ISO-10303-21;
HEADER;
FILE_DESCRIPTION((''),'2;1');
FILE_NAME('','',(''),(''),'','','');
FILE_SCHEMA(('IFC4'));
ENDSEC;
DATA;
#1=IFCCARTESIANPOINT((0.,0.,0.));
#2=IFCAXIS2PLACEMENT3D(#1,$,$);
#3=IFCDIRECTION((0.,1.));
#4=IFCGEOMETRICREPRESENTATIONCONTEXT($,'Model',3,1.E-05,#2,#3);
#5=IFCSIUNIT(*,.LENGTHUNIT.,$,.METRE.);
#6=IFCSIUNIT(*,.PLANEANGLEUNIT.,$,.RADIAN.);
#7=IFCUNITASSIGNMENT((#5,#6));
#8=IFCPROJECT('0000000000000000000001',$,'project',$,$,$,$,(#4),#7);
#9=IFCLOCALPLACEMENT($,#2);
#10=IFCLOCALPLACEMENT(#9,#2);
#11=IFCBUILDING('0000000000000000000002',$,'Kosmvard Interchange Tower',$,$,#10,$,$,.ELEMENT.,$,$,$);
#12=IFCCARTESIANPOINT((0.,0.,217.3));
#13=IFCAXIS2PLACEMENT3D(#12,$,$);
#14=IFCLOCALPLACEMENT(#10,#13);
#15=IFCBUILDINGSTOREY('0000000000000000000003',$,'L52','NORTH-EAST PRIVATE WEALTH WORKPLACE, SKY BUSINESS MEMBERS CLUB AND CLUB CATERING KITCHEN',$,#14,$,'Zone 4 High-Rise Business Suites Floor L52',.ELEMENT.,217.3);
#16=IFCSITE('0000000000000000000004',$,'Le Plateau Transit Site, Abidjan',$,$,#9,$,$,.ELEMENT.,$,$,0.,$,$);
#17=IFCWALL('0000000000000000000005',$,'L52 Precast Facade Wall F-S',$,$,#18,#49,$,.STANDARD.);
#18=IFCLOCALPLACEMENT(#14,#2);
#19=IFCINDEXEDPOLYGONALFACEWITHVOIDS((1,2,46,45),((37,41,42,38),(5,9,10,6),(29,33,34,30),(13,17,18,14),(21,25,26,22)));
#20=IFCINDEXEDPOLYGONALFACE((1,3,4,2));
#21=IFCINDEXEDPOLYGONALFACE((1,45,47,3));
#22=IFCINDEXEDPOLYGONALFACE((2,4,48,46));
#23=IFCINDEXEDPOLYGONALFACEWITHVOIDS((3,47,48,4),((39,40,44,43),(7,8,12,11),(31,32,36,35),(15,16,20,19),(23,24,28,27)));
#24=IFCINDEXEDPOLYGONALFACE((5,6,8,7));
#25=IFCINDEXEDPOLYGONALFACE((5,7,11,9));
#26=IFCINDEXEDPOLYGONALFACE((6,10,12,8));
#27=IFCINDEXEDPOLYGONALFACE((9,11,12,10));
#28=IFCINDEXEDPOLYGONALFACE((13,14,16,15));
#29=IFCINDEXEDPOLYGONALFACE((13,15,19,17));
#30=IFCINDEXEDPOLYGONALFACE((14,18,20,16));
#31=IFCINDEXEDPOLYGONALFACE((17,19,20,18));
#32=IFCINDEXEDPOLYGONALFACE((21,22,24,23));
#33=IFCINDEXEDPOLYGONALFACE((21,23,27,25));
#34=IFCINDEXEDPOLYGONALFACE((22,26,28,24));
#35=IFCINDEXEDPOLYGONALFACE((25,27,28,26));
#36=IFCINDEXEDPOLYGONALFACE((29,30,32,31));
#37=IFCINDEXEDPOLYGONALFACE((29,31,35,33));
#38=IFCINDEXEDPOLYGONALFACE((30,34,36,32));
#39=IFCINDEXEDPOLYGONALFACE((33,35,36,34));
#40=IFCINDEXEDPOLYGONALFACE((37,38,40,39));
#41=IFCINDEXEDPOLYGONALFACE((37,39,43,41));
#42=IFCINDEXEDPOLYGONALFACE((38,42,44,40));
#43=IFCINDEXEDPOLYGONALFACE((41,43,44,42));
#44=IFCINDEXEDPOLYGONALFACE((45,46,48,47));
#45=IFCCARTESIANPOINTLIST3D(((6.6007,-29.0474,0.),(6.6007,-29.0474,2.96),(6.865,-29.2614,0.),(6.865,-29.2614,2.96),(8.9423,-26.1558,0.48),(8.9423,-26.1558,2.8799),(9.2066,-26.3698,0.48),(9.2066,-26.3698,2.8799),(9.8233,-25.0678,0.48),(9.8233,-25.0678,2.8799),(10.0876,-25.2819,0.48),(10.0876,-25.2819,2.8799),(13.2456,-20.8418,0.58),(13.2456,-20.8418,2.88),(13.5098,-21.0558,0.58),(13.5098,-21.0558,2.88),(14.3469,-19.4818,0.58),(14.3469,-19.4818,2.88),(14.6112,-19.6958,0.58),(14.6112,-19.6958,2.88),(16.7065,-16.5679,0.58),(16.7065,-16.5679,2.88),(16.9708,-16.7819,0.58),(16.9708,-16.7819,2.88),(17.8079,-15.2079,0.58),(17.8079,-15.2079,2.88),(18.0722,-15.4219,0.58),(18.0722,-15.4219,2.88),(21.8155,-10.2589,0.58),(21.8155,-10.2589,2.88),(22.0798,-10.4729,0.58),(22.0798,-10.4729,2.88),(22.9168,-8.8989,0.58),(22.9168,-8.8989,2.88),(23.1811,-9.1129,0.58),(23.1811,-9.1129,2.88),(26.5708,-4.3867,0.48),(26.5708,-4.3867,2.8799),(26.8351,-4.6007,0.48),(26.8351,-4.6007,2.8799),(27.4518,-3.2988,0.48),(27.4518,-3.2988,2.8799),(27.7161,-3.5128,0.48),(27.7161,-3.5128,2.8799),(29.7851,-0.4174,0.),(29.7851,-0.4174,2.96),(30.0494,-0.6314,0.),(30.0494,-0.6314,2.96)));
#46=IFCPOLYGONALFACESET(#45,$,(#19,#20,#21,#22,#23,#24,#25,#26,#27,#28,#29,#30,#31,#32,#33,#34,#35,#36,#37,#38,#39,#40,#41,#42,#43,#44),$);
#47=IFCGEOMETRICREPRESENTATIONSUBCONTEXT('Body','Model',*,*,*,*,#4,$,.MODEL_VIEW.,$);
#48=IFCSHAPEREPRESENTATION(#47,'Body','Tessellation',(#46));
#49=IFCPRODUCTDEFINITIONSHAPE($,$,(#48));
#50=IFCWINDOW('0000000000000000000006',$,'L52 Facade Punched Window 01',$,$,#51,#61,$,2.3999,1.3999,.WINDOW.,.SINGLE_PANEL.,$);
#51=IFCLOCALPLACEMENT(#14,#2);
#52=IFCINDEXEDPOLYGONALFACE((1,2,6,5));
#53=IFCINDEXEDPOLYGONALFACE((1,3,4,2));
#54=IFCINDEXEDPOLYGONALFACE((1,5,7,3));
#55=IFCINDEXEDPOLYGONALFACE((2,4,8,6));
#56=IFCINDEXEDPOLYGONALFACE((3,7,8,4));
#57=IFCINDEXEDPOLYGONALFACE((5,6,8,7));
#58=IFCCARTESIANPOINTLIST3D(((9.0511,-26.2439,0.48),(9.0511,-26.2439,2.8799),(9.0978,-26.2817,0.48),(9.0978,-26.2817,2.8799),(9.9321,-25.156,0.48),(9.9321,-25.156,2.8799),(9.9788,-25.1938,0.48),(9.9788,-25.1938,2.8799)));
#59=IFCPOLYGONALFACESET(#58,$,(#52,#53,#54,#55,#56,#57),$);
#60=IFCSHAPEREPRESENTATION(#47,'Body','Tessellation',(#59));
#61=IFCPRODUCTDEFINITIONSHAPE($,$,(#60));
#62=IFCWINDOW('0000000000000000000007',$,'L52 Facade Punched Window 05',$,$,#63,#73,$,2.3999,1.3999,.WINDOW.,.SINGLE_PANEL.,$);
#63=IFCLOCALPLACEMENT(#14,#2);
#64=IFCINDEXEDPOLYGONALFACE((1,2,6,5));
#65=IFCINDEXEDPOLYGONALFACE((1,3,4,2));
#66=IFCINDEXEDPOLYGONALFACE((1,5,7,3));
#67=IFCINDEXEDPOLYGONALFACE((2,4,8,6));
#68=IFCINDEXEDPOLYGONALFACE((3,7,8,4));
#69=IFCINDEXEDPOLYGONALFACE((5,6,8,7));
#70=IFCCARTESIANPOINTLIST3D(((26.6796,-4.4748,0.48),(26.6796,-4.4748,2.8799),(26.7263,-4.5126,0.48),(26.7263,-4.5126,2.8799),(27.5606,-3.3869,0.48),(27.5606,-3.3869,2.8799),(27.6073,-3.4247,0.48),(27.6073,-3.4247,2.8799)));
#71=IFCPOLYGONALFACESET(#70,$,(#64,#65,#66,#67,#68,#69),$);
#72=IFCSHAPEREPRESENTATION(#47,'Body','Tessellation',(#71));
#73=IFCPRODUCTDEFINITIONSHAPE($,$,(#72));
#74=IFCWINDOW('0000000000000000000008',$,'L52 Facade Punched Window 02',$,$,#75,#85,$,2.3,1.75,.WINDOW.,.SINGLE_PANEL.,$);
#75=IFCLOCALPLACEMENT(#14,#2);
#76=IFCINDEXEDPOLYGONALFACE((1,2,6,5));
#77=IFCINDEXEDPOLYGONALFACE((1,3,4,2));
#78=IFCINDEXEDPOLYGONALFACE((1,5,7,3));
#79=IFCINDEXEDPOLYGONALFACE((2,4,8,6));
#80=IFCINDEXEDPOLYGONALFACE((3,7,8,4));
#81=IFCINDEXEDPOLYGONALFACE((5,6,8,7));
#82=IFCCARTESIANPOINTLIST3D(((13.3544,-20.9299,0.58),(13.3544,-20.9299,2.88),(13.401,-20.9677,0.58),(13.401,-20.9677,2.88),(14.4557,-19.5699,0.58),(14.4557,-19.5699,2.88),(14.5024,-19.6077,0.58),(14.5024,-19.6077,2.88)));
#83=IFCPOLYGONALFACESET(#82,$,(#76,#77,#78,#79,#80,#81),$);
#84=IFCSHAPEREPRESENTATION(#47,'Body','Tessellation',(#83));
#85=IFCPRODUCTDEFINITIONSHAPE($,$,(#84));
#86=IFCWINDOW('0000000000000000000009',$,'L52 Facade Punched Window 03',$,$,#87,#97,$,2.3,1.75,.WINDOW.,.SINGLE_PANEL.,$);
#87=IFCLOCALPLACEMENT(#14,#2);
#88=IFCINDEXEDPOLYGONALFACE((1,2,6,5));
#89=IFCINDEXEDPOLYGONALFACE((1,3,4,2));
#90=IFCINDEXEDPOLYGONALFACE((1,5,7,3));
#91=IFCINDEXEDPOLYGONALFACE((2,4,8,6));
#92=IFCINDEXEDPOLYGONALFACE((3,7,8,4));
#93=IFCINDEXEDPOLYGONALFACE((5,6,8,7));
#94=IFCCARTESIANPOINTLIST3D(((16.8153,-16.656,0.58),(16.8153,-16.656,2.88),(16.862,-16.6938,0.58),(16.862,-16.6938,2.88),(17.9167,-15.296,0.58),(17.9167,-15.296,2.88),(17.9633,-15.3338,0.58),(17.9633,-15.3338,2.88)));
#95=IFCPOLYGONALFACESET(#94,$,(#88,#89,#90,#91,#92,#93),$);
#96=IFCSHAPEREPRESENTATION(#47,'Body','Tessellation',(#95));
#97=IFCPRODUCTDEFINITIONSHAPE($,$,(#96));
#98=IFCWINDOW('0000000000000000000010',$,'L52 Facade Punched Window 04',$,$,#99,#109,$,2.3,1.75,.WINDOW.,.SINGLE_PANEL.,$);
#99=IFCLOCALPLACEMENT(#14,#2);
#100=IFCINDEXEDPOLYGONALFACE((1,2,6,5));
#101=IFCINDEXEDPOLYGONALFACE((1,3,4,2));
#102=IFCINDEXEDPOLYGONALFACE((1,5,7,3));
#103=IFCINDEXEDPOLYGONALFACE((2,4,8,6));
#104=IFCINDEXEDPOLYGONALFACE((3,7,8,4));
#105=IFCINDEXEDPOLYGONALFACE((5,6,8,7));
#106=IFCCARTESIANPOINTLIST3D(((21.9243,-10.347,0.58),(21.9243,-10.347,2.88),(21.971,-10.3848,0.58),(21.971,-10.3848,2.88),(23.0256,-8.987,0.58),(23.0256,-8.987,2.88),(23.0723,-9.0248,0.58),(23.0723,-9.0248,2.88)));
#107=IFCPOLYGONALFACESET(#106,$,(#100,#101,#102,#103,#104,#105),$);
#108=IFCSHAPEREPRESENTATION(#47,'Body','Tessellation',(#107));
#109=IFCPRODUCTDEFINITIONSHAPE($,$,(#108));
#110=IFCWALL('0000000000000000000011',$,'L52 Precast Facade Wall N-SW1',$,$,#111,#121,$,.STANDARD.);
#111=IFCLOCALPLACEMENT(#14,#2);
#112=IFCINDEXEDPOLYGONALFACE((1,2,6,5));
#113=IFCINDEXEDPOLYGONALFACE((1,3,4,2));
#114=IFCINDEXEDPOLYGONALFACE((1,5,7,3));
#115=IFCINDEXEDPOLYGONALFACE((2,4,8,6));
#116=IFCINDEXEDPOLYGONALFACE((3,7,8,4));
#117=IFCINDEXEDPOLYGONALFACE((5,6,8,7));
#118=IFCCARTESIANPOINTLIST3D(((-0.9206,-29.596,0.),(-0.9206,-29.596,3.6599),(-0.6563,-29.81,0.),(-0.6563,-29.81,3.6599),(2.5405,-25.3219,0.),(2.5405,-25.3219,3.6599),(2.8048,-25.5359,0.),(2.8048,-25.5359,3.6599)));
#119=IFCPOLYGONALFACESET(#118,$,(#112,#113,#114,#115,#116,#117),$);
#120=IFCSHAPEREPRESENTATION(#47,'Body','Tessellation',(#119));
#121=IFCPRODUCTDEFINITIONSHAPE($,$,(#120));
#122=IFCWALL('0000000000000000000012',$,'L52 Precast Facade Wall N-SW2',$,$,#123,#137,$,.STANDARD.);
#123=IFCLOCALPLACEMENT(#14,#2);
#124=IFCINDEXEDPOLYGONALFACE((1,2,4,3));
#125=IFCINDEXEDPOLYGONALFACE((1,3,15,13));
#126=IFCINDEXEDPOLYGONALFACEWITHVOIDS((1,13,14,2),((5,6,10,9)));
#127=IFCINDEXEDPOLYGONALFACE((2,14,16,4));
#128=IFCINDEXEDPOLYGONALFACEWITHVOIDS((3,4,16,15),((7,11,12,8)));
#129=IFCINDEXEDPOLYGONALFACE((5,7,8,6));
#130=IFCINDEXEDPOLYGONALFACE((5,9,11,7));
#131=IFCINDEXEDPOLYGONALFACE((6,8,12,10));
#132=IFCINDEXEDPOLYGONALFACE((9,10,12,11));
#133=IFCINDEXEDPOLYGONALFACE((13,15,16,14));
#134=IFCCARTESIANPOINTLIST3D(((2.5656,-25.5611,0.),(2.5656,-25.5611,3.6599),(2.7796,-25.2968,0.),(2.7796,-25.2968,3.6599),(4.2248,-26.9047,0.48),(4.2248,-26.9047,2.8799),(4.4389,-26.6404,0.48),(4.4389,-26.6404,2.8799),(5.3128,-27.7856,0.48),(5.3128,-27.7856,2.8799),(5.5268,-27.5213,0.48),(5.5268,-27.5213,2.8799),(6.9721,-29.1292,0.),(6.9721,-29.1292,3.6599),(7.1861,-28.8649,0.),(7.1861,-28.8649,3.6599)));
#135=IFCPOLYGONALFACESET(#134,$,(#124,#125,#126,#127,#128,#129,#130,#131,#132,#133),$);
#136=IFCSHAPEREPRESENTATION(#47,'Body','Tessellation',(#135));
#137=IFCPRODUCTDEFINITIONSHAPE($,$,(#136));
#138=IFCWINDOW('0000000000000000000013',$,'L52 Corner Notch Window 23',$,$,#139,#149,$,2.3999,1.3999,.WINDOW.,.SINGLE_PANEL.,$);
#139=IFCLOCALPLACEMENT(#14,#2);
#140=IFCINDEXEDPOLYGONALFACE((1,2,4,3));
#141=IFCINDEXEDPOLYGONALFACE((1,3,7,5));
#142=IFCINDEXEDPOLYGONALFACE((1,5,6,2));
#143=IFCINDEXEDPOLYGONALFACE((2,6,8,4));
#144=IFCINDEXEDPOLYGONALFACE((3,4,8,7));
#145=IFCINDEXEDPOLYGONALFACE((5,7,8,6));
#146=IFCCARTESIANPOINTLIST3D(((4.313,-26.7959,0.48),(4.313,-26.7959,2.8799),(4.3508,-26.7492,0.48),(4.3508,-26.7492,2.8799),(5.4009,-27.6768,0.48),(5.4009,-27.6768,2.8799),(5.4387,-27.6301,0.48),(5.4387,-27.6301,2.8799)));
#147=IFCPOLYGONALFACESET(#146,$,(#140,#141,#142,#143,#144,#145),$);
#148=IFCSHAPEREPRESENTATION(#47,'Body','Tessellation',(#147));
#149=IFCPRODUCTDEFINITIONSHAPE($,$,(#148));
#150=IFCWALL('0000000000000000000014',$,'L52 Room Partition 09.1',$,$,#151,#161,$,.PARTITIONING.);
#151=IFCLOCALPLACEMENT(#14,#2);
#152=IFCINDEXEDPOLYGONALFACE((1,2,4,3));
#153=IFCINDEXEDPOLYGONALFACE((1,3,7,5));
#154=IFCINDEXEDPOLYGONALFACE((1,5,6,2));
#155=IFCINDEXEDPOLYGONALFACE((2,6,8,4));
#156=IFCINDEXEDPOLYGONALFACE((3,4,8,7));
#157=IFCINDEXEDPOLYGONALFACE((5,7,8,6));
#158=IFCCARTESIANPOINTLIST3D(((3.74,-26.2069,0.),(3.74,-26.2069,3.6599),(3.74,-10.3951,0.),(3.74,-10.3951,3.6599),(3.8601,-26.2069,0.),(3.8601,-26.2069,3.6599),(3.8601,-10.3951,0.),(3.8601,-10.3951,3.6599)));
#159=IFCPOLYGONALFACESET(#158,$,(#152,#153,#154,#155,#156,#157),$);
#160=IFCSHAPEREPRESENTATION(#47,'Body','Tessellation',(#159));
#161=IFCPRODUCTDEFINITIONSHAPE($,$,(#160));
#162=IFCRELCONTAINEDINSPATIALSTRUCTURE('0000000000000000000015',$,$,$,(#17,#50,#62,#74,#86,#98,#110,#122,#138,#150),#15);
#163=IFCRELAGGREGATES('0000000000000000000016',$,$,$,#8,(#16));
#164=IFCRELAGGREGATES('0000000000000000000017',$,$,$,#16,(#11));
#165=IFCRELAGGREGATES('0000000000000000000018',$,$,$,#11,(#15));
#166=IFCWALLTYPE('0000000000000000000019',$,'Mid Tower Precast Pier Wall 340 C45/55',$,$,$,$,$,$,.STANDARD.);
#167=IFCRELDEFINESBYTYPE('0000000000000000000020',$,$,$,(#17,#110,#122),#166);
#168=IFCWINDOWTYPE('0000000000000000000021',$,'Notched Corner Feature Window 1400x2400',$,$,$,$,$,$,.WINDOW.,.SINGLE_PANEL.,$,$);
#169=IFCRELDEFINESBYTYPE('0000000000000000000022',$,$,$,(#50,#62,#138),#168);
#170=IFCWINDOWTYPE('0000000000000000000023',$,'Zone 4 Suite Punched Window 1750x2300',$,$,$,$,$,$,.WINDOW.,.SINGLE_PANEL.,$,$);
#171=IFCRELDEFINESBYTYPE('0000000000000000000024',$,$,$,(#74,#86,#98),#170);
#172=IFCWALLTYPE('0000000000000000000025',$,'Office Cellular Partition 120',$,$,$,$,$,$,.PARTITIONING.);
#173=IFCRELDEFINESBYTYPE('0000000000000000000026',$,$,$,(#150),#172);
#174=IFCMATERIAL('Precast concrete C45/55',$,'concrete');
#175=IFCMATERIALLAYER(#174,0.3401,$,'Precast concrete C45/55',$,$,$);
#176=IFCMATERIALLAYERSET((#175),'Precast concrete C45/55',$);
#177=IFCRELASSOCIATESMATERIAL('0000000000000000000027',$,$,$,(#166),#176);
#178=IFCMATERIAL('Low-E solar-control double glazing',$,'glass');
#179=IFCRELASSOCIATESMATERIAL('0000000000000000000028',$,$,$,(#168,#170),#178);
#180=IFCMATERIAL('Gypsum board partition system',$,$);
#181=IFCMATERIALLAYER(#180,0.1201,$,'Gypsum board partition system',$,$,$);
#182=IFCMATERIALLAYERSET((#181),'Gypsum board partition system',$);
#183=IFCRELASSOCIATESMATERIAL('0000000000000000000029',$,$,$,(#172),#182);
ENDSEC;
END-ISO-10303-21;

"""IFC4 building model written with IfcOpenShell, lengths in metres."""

from ifc_helpers import new_model, si_unit, direction, frame, frame_2d, origin, place, context, subcontext, project, spatial, rectangle, extrude, source, transform, mapped, material, layer, layer_set, type_object, element, fill, save


model = new_model("IFC4")

# Units and contexts
model_context = context("Model", 3, precision=1e-05, world=origin(), true_north=direction((0.0, 1.0)))
body_context = subcontext(model_context, "Body", "Model", "MODEL_VIEW")
ifc_project = project(units=[si_unit("LENGTHUNIT", "METRE"), si_unit("PLANEANGLEUNIT", "RADIAN")], contexts=[model_context])

# Site, building, storey
site_placement = place(None, origin())
site = spatial("IfcSite", under=ifc_project, at=site_placement, Name="Le Plateau Transit Site, Abidjan", CompositionType="ELEMENT", RefElevation=0.0)
building_placement = place(site_placement, origin())
building = spatial("IfcBuilding", under=site, at=building_placement, Name="Kosmvard Interchange Tower", CompositionType="ELEMENT")
storey_placement = place(building_placement, frame((0.0, 0.0, 217.3)))
storey = spatial("IfcBuildingStorey", under=building, at=storey_placement, Name="L52", Description="NORTH-EAST PRIVATE WEALTH WORKPLACE, SKY BUSINESS MEMBERS CLUB AND CLUB CATERING KITCHEN", LongName="Zone 4 High-Rise Business Suites Floor L52", CompositionType="ELEMENT", Elevation=217.3)

# Shared definitions
ifc_material_1 = material(Name="Precast concrete C45/55", Category="concrete")

# Wall, openings, windows
ifc_layer_1 = layer(ifc_material_1, 0.3401, Name="Precast concrete C45/55")
ifc_layer_set_1 = layer_set([ifc_layer_1], Name="Precast concrete C45/55")
wall_type_1 = type_object("IfcWallType", Name="Mid Tower Precast Pier Wall 340 C45/55", PredefinedType="STANDARD", material=ifc_layer_set_1)
wall_1_placement = place(storey_placement, frame((6.7329, -29.1543, 0.0), z_axis=(0.0, 0.0, 1.0), x_axis=(0.629325, 0.777142, 0.0)))
wall_1 = element("IfcWall", 1, at=wall_1_placement, inside=storey, type_object=wall_type_1, Name="L52 Precast Facade Wall F-S", PredefinedType="STANDARD", context=body_context, shape_type="SweptSolid", body=[
    extrude(rectangle(XDim=36.8401, YDim=0.3401, at=frame_2d((18.4199, 0.0))), origin(), (0.0, 0.0, 1.0), 2.96),
])
opening_1_placement = place(wall_1_placement, frame((3.7207, 0.0, 0.48)))
opening_1 = element("IfcOpeningElement", 2, at=opening_1_placement, cuts=wall_1, PredefinedType="OPENING", context=body_context, shape_type="SweptSolid", body=[
    extrude(rectangle(XDim=1.3999, YDim=2.3999, at=frame_2d((0.7, 1.2))), frame((0.0, 0.1802, 0.0), z_axis=(0.0, -1.0, 0.0), x_axis=(1.0, 0.0, 0.0)), (0.0, 0.0, 1.0), 0.3601),
])
opening_2_placement = place(wall_1_placement, frame((10.5586, 0.0, 0.5801)))
opening_2 = element("IfcOpeningElement", 3, at=opening_2_placement, cuts=wall_1, PredefinedType="OPENING", context=body_context, shape_type="SweptSolid", body=[
    extrude(rectangle(XDim=1.75, YDim=2.3, at=frame_2d((0.875, 1.1499))), frame((0.0, 0.1802, 0.0), z_axis=(0.0, -1.0, 0.0), x_axis=(1.0, 0.0, 0.0)), (0.0, 0.0, 1.0), 0.3601),
])
opening_3_placement = place(wall_1_placement, frame((16.0581, 0.0, 0.5801)))
opening_3 = element("IfcOpeningElement", 4, at=opening_3_placement, cuts=wall_1, PredefinedType="OPENING", context=body_context, shape_type="SweptSolid", body=[
    extrude(rectangle(XDim=1.75, YDim=2.3, at=frame_2d((0.875, 1.1499))), frame((0.0, 0.1802, 0.0), z_axis=(0.0, -1.0, 0.0), x_axis=(1.0, 0.0, 0.0)), (0.0, 0.0, 1.0), 0.3601),
])
opening_4_placement = place(wall_1_placement, frame((24.1763, 0.0, 0.5801)))
opening_4 = element("IfcOpeningElement", 5, at=opening_4_placement, cuts=wall_1, PredefinedType="OPENING", context=body_context, shape_type="SweptSolid", body=[
    extrude(rectangle(XDim=1.75, YDim=2.3, at=frame_2d((0.875, 1.1499))), frame((0.0, 0.1802, 0.0), z_axis=(0.0, -1.0, 0.0), x_axis=(1.0, 0.0, 0.0)), (0.0, 0.0, 1.0), 0.3601),
])
opening_5_placement = place(wall_1_placement, frame((31.7324, 0.0, 0.48)))
opening_5 = element("IfcOpeningElement", 6, at=opening_5_placement, cuts=wall_1, PredefinedType="OPENING", context=body_context, shape_type="SweptSolid", body=[
    extrude(rectangle(XDim=1.3999, YDim=2.3999, at=frame_2d((0.7, 1.2))), frame((0.0, 0.1802, 0.0), z_axis=(0.0, -1.0, 0.0), x_axis=(1.0, 0.0, 0.0)), (0.0, 0.0, 1.0), 0.3601),
])
ifc_material_2 = material(Name="Low-E solar-control double glazing", Category="glass")
window_type_1 = type_object("IfcWindowType", Name="Notched Corner Feature Window 1400x2400", PartitioningType="SINGLE_PANEL", PredefinedType="WINDOW", material=ifc_material_2)
shared_shape_1 = source(origin(), body_context, "Body", "SweptSolid", [
    extrude(rectangle(XDim=1.3999, YDim=2.3999, at=frame_2d((0.7, 1.2))), frame((0.0, 0.03, 0.0), z_axis=(0.0, -1.0, 0.0), x_axis=(1.0, 0.0, 0.0)), (0.0, 0.0, 1.0), 0.0601),
])
window_1_placement = place(opening_1_placement, origin())
window_1 = element("IfcWindow", 7, at=window_1_placement, inside=storey, type_object=window_type_1, Name="L52 Facade Punched Window 01", OverallHeight=2.3999, OverallWidth=1.3999, PartitioningType="SINGLE_PANEL", PredefinedType="WINDOW", context=body_context, shape_type="MappedRepresentation", body=[
    mapped(shared_shape_1, transform((0.0, 0.0, 0.0), scale=1.0)),
])
fill(opening_1, window_1)
window_2_placement = place(opening_5_placement, origin())
window_2 = element("IfcWindow", 8, at=window_2_placement, inside=storey, type_object=window_type_1, Name="L52 Facade Punched Window 05", OverallHeight=2.3999, OverallWidth=1.3999, PartitioningType="SINGLE_PANEL", PredefinedType="WINDOW", context=body_context, shape_type="MappedRepresentation", body=[
    mapped(shared_shape_1, transform((0.0, 0.0, 0.0), scale=1.0)),
])
fill(opening_5, window_2)
window_type_2 = type_object("IfcWindowType", Name="Zone 4 Suite Punched Window 1750x2300", PartitioningType="SINGLE_PANEL", PredefinedType="WINDOW", material=ifc_material_2)
shared_shape_2 = source(origin(), body_context, "Body", "SweptSolid", [
    extrude(rectangle(XDim=1.75, YDim=2.3, at=frame_2d((0.875, 1.1499))), frame((0.0, 0.03, 0.0), z_axis=(0.0, -1.0, 0.0), x_axis=(1.0, 0.0, 0.0)), (0.0, 0.0, 1.0), 0.0601),
])
window_3_placement = place(opening_2_placement, origin())
window_3 = element("IfcWindow", 9, at=window_3_placement, inside=storey, type_object=window_type_2, Name="L52 Facade Punched Window 02", OverallHeight=2.3, OverallWidth=1.75, PartitioningType="SINGLE_PANEL", PredefinedType="WINDOW", context=body_context, shape_type="MappedRepresentation", body=[
    mapped(shared_shape_2, transform((0.0, 0.0, 0.0), scale=1.0)),
])
fill(opening_2, window_3)
window_4_placement = place(opening_3_placement, origin())
window_4 = element("IfcWindow", 10, at=window_4_placement, inside=storey, type_object=window_type_2, Name="L52 Facade Punched Window 03", OverallHeight=2.3, OverallWidth=1.75, PartitioningType="SINGLE_PANEL", PredefinedType="WINDOW", context=body_context, shape_type="MappedRepresentation", body=[
    mapped(shared_shape_2, transform((0.0, 0.0, 0.0), scale=1.0)),
])
fill(opening_3, window_4)
window_5_placement = place(opening_4_placement, origin())
window_5 = element("IfcWindow", 11, at=window_5_placement, inside=storey, type_object=window_type_2, Name="L52 Facade Punched Window 04", OverallHeight=2.3, OverallWidth=1.75, PartitioningType="SINGLE_PANEL", PredefinedType="WINDOW", context=body_context, shape_type="MappedRepresentation", body=[
    mapped(shared_shape_2, transform((0.0, 0.0, 0.0), scale=1.0)),
])
fill(opening_4, window_5)

# Wall
wall_2_placement = place(storey_placement, frame((-0.7886, -29.7031, 0.0), z_axis=(0.0, 0.0, 1.0), x_axis=(0.629323, 0.777144, 0.0)))
element("IfcWall", 12, at=wall_2_placement, inside=storey, type_object=wall_type_1, Name="L52 Precast Facade Wall N-SW1", PredefinedType="STANDARD", context=body_context, shape_type="SweptSolid", body=[
    extrude(rectangle(XDim=5.4998, YDim=0.3401, at=frame_2d((2.75, 0.0))), origin(), (0.0, 0.0, 1.0), 3.6599),
])

# Wall, opening, window
wall_3_placement = place(storey_placement, frame((2.6726, -25.429, 0.0), z_axis=(0.0, 0.0, 1.0), x_axis=(0.777163, -0.6293, 0.0)))
wall_3 = element("IfcWall", 13, at=wall_3_placement, inside=storey, type_object=wall_type_1, Name="L52 Precast Facade Wall N-SW2", PredefinedType="STANDARD", context=body_context, shape_type="SweptSolid", body=[
    extrude(rectangle(XDim=5.6699, YDim=0.3401, at=frame_2d((2.835, 0.0))), origin(), (0.0, 0.0, 1.0), 3.6599),
])
opening_6_placement = place(wall_3_placement, frame((2.135, 0.0, 0.48)))
opening_6 = element("IfcOpeningElement", 14, at=opening_6_placement, cuts=wall_3, PredefinedType="OPENING", context=body_context, shape_type="SweptSolid", body=[
    extrude(rectangle(XDim=1.3999, YDim=2.3999, at=frame_2d((0.7, 1.2))), frame((0.0, 0.1802, 0.0), z_axis=(0.0, -1.0, 0.0), x_axis=(1.0, 0.0, 0.0)), (0.0, 0.0, 1.0), 0.3601),
])
window_6_placement = place(opening_6_placement, origin())
window_6 = element("IfcWindow", 15, at=window_6_placement, inside=storey, type_object=window_type_1, Name="L52 Corner Notch Window 23", OverallHeight=2.3999, OverallWidth=1.3999, PartitioningType="SINGLE_PANEL", PredefinedType="WINDOW", context=body_context, shape_type="MappedRepresentation", body=[
    mapped(shared_shape_1, transform((0.0, 0.0, 0.0), scale=1.0)),
])
fill(opening_6, window_6)

# Wall
ifc_material_3 = material(Name="Gypsum board partition system")
ifc_layer_2 = layer(ifc_material_3, 0.1201, Name="Gypsum board partition system")
ifc_layer_set_2 = layer_set([ifc_layer_2], Name="Gypsum board partition system")
wall_type_2 = type_object("IfcWallType", Name="Office Cellular Partition 120", PredefinedType="PARTITIONING", material=ifc_layer_set_2)
wall_4_placement = place(storey_placement, frame((3.8, -26.2068, 0.0), z_axis=(0.0, 0.0, 1.0), x_axis=(0.0, 1.0, 0.0)))
element("IfcWall", 16, at=wall_4_placement, inside=storey, type_object=wall_type_2, Name="L52 Room Partition 09.1", PredefinedType="PARTITIONING", context=body_context, shape_type="SweptSolid", body=[
    extrude(rectangle(XDim=15.8118, YDim=0.1201, at=frame_2d((7.9058, 0.0))), origin(), (0.0, 0.0, 1.0), 3.6599),
])

save(model, "model.ifc")
